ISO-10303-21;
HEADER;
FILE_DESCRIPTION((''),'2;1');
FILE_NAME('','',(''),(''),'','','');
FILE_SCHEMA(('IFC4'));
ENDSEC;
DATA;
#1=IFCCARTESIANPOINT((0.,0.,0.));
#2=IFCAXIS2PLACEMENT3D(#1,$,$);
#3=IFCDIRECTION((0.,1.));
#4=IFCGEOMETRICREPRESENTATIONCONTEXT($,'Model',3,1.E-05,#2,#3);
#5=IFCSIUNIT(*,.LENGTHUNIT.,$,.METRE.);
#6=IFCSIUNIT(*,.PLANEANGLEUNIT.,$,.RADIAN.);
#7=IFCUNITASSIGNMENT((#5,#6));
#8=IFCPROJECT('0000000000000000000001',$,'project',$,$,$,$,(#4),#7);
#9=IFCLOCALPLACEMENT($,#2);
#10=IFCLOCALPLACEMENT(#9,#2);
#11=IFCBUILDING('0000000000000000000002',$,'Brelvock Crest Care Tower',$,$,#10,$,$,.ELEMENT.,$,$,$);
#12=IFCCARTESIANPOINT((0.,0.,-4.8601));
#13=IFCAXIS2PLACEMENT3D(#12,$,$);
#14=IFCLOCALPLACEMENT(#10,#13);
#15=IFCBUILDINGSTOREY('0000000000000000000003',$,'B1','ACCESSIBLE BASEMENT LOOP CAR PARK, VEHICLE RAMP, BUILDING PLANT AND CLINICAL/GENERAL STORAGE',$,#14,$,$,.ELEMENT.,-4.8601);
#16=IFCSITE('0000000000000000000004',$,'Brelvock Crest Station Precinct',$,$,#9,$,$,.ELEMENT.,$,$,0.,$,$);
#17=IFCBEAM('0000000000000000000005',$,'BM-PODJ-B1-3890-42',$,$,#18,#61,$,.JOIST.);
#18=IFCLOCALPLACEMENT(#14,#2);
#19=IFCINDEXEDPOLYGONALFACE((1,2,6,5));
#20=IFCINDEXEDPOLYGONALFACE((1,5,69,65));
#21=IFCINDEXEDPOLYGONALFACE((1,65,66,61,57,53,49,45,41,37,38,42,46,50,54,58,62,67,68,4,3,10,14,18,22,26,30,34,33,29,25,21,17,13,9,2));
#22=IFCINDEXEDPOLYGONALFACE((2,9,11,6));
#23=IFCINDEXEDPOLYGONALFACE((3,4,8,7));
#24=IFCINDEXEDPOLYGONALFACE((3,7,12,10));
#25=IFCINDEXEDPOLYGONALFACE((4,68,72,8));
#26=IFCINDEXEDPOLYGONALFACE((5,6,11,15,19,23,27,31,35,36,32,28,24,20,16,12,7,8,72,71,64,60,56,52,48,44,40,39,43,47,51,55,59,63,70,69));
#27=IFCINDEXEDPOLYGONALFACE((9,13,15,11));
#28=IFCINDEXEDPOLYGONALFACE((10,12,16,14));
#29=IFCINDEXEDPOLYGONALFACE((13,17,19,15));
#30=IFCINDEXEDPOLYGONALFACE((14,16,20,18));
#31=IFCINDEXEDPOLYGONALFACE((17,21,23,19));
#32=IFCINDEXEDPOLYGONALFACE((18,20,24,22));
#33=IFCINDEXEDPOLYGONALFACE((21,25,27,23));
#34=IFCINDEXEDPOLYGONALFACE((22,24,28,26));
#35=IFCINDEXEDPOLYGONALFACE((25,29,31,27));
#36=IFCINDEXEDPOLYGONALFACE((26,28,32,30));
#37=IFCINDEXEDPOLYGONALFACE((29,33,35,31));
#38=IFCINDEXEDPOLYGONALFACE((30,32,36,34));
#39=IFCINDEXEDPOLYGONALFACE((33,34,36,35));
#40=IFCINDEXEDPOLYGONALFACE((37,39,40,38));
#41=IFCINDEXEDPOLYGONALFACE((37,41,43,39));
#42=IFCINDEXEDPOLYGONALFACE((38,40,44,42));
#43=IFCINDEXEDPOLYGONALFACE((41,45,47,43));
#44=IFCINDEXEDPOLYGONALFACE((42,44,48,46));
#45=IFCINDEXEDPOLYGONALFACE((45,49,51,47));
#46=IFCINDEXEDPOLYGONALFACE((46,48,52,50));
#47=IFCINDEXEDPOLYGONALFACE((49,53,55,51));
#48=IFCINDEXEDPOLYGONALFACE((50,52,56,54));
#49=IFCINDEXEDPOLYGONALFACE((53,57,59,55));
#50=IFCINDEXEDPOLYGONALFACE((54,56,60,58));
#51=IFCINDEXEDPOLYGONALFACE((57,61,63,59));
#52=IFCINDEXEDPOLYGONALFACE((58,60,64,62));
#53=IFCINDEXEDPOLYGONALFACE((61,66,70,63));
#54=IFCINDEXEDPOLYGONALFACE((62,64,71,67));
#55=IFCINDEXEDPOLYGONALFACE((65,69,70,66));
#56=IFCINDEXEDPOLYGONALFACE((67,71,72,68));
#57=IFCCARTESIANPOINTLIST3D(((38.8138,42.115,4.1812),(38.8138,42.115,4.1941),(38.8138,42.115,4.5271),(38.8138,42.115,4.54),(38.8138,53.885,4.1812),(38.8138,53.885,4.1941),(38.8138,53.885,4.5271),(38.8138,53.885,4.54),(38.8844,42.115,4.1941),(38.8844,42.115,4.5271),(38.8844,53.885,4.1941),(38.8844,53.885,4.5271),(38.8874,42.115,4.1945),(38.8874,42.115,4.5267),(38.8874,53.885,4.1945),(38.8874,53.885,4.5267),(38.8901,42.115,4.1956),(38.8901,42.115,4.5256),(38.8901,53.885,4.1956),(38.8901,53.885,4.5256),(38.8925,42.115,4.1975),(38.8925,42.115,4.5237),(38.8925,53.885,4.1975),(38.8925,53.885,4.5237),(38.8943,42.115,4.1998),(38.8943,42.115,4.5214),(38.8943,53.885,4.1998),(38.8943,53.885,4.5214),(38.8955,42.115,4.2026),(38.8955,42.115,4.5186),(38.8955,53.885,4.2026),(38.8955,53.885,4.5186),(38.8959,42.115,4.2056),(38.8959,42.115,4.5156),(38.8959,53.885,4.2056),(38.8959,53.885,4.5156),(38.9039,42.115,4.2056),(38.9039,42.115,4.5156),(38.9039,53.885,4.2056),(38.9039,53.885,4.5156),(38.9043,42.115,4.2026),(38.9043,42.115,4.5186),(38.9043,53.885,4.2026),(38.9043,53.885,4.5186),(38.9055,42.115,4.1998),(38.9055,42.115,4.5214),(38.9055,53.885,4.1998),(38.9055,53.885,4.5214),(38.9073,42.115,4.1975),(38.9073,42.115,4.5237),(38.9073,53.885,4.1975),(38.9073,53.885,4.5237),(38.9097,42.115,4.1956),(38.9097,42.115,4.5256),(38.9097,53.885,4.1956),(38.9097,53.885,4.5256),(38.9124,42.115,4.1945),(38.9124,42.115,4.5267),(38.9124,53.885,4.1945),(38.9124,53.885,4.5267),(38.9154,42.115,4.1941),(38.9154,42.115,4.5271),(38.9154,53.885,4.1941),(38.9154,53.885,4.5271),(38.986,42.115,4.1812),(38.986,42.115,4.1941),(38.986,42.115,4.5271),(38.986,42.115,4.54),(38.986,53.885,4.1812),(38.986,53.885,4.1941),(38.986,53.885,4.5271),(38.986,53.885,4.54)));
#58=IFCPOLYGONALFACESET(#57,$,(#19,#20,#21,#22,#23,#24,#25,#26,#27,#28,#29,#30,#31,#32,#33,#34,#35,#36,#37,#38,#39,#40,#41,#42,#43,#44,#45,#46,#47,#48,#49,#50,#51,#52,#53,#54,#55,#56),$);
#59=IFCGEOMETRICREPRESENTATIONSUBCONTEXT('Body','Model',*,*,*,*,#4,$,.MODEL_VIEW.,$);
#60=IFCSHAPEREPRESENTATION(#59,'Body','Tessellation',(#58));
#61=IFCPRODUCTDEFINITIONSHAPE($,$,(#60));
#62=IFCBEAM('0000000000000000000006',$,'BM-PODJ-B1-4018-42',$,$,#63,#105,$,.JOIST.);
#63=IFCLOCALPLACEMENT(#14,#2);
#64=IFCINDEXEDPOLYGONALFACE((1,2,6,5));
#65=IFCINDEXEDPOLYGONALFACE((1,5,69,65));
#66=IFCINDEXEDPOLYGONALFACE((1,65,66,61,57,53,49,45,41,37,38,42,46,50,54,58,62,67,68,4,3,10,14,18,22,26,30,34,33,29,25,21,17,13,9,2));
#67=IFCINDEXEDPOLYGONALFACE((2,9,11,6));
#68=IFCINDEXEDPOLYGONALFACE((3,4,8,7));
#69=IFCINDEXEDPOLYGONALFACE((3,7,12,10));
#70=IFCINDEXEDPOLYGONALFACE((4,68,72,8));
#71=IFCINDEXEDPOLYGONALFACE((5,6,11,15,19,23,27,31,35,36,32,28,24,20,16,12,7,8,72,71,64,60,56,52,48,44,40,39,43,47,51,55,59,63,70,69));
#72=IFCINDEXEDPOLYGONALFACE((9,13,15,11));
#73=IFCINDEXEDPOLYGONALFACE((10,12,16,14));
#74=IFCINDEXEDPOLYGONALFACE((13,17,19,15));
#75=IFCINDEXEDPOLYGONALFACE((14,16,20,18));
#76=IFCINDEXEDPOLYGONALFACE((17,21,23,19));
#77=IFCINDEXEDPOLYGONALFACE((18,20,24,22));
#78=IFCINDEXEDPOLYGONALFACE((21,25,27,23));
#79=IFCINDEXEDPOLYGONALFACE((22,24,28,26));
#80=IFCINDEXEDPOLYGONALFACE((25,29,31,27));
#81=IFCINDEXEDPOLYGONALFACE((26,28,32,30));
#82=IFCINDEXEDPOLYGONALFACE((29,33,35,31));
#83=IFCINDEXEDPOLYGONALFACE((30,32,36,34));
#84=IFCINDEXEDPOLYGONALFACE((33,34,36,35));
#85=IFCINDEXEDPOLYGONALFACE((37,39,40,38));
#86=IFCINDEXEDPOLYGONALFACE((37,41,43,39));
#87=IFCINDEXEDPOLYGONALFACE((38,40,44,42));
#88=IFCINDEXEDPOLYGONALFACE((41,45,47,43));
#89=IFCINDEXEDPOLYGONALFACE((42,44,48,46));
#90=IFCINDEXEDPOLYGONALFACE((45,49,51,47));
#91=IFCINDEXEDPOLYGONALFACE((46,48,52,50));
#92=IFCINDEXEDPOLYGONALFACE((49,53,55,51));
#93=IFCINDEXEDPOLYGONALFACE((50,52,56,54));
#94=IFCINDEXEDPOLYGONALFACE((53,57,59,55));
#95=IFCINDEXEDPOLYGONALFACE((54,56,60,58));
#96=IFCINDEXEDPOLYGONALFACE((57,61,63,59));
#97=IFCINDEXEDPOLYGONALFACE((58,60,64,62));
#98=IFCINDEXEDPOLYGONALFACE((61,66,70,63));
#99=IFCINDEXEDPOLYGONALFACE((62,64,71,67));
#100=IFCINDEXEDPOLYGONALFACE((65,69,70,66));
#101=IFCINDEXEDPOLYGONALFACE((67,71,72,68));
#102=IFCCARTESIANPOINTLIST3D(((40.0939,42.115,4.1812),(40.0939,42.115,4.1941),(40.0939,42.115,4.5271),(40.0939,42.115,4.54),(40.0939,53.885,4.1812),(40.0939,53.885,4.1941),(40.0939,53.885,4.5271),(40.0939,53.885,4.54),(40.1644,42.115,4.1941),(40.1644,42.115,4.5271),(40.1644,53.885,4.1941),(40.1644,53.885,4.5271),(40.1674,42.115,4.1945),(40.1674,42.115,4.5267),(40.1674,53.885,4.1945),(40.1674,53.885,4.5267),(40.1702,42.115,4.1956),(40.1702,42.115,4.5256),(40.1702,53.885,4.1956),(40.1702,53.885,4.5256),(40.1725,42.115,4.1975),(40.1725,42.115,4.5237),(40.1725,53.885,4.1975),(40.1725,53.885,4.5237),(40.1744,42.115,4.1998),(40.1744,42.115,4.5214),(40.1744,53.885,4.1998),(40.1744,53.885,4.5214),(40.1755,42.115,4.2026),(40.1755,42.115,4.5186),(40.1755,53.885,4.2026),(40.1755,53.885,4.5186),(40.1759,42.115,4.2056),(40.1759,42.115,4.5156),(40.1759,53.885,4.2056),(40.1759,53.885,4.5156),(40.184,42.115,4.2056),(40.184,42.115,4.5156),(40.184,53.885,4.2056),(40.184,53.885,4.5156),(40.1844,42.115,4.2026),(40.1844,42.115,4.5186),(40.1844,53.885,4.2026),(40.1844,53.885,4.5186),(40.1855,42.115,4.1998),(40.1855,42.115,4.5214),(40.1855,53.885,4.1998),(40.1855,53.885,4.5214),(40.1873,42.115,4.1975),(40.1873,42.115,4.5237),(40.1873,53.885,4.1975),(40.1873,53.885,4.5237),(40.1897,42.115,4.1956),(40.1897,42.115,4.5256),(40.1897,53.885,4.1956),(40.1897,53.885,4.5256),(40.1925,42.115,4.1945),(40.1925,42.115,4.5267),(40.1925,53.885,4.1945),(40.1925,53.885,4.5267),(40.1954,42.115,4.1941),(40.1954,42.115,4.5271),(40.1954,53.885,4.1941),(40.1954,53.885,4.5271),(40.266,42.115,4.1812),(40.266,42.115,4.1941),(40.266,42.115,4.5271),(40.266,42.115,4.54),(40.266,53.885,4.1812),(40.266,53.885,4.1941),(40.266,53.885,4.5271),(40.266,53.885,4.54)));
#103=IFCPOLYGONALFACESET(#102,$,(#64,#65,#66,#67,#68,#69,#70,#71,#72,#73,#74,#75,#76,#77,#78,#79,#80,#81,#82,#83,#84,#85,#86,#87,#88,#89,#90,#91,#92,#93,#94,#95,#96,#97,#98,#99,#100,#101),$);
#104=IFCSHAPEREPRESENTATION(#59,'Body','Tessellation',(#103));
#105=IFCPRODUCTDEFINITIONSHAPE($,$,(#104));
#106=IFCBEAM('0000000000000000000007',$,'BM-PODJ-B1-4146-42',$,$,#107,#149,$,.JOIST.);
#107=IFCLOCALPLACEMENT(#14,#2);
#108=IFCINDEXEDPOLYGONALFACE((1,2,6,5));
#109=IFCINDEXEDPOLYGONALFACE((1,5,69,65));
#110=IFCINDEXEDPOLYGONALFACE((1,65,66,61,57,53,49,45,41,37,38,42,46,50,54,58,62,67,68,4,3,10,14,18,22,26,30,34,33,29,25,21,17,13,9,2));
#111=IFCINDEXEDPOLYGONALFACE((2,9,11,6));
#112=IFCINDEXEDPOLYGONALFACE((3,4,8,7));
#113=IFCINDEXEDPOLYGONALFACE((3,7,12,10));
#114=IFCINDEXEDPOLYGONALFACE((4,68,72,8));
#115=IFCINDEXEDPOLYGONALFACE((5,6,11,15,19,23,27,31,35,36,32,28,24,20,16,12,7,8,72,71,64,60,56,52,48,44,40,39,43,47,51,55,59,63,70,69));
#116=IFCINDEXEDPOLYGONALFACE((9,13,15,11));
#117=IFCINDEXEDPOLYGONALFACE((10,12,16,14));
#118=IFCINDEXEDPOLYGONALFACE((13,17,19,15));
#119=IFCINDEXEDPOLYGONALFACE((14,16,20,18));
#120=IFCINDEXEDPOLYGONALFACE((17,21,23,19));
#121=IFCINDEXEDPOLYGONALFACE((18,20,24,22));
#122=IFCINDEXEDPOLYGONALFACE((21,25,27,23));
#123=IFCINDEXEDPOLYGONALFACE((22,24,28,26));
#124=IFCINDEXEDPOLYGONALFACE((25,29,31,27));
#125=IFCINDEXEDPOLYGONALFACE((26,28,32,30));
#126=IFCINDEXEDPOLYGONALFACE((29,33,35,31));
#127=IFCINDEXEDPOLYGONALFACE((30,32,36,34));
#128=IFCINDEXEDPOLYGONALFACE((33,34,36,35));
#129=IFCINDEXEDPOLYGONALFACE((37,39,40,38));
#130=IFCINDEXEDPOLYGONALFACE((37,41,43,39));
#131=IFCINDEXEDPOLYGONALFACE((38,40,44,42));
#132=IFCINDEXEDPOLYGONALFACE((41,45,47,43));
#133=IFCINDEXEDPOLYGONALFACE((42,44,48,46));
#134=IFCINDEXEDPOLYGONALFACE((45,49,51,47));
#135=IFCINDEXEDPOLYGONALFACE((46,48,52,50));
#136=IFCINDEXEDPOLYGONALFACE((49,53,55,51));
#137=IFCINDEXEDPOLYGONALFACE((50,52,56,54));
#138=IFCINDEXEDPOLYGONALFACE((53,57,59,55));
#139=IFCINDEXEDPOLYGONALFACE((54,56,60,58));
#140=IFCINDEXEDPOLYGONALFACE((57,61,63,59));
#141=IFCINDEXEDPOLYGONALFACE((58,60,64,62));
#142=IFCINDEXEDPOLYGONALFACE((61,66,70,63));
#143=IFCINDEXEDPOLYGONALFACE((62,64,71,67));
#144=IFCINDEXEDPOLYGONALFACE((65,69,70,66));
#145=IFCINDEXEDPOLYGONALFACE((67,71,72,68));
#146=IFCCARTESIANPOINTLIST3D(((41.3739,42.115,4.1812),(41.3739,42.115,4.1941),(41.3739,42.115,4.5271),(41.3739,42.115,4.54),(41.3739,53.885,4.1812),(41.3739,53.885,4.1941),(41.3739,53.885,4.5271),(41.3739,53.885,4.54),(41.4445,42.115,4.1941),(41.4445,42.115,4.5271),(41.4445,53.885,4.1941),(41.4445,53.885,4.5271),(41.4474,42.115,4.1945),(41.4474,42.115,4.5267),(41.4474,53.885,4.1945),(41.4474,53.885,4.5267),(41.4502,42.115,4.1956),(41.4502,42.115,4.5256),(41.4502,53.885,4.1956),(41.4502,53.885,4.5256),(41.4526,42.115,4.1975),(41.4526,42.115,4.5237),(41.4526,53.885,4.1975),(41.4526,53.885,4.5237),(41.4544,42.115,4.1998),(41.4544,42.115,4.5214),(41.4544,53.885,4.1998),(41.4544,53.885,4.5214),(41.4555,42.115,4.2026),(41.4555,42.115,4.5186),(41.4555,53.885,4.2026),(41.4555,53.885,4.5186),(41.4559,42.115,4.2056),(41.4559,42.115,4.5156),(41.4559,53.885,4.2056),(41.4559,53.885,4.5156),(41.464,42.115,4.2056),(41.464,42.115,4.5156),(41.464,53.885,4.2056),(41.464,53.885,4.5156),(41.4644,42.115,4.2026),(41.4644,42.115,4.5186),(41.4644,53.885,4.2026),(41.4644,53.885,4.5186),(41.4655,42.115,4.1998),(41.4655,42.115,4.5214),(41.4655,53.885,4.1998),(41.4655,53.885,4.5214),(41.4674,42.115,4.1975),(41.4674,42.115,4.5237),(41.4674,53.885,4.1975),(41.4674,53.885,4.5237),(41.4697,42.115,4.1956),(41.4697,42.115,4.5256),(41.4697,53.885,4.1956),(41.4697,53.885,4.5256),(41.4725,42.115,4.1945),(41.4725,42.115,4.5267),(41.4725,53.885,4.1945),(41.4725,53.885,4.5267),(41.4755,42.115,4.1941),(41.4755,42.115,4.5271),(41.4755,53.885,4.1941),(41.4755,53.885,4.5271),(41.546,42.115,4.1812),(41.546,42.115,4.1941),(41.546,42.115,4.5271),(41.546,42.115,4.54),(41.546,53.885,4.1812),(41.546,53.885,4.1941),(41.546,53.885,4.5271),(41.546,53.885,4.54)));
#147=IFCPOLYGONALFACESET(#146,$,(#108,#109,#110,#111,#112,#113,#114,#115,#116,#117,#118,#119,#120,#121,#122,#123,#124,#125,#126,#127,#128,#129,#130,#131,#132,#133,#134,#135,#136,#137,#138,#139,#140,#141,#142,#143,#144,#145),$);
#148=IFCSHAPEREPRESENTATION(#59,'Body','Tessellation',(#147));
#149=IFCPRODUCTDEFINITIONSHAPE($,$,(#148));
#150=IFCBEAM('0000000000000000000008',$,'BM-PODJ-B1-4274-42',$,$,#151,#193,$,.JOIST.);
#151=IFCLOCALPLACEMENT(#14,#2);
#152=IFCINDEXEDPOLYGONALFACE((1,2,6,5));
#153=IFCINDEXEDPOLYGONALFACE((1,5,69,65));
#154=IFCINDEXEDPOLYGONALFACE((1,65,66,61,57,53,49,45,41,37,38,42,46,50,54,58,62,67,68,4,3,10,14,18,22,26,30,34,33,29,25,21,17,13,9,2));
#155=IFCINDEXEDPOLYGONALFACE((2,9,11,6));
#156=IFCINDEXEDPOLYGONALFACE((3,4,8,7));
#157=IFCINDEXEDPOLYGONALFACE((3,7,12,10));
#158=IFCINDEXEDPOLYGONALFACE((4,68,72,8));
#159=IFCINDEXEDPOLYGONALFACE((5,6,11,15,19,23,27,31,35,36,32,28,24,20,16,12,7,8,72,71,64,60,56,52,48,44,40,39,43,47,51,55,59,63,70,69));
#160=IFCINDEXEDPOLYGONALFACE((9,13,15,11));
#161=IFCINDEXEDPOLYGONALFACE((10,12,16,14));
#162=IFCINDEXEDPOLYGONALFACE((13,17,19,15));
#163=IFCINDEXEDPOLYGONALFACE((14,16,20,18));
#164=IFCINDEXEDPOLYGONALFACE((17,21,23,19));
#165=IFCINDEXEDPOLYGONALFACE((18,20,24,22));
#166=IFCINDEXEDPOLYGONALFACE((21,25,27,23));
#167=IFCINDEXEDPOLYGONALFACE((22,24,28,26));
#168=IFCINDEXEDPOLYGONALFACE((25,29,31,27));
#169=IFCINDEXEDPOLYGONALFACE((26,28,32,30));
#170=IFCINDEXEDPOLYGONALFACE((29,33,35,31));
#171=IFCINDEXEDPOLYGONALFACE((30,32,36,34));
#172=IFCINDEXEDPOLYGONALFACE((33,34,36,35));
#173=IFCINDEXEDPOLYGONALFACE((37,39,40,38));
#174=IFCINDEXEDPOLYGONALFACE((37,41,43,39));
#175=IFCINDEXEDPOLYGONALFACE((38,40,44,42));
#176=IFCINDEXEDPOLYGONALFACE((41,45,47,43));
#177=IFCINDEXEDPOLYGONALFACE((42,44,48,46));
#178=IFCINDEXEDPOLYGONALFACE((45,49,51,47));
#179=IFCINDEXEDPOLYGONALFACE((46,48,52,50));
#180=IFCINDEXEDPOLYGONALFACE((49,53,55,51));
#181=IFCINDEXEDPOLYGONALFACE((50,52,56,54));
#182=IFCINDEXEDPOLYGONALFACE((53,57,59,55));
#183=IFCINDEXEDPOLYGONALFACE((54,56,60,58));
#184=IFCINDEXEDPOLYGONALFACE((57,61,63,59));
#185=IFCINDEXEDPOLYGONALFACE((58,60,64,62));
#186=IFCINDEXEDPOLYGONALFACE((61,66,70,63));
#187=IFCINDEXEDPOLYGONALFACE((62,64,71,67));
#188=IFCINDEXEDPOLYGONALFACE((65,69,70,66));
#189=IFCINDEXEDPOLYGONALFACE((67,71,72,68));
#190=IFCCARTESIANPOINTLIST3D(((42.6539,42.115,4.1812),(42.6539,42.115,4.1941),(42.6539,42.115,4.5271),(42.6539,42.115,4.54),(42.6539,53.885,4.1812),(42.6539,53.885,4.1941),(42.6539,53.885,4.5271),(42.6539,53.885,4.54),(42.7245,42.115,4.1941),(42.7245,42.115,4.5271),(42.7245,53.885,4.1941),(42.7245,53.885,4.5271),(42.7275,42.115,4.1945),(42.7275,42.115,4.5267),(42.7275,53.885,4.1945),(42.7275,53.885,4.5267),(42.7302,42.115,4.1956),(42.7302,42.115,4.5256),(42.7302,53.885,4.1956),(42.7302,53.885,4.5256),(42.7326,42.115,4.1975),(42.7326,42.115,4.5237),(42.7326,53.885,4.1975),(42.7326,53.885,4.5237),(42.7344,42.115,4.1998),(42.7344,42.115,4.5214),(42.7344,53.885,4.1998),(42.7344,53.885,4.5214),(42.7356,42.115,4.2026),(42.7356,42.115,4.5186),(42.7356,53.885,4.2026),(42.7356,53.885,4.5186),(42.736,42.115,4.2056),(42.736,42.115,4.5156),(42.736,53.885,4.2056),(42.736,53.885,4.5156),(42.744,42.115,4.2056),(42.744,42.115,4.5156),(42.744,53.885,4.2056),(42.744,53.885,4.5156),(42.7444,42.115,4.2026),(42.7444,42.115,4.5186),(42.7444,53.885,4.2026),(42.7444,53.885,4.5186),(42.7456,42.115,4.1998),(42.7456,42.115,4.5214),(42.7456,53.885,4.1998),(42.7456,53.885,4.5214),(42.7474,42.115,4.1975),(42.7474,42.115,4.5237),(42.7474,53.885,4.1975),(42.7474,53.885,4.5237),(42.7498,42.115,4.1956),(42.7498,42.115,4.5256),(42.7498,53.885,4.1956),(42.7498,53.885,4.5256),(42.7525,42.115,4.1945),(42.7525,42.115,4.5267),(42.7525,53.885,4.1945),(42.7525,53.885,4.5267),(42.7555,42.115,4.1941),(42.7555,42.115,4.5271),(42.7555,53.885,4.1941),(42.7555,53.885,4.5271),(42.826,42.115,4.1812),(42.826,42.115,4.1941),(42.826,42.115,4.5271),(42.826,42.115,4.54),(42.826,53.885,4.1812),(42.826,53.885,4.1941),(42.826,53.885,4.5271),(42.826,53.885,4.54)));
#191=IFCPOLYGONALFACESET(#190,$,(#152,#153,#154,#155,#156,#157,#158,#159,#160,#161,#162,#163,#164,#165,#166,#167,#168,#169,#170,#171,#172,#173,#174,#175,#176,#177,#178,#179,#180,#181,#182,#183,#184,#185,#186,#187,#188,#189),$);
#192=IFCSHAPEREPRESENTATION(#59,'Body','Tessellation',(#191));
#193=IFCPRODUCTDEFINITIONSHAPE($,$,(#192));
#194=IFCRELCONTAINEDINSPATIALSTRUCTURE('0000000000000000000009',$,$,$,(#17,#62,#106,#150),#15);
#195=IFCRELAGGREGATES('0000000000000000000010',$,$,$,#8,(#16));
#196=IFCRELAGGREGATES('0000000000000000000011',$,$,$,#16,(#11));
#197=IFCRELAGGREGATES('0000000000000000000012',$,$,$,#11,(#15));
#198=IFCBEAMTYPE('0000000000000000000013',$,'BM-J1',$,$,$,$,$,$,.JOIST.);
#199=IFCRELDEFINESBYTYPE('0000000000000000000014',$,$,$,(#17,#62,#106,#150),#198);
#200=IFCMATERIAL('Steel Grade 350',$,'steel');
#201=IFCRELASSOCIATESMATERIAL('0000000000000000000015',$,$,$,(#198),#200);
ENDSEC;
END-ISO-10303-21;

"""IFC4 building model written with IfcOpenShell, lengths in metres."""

from ifc_helpers import new_model, si_unit, direction, frame, origin, origin_2d, place, context, subcontext, project, spatial, i_section, extrude, source, transform, mapped, material, material_profile, profile_set, type_object, element, save


model = new_model("IFC4")

# Units and contexts
model_context = context("Model", 3, precision=1e-05, world=origin(), true_north=direction((0.0, 1.0)))
body_context = subcontext(model_context, "Body", "Model", "MODEL_VIEW")
ifc_project = project(units=[si_unit("LENGTHUNIT", "METRE"), si_unit("PLANEANGLEUNIT", "RADIAN")], contexts=[model_context])

# Site, building, storey
site_placement = place(None, origin())
site = spatial("IfcSite", under=ifc_project, at=site_placement, Name="Brelvock Crest Station Precinct", CompositionType="ELEMENT", RefElevation=0.0)
building_placement = place(site_placement, origin())
building = spatial("IfcBuilding", under=site, at=building_placement, Name="Brelvock Crest Care Tower", CompositionType="ELEMENT")
storey_placement = place(building_placement, frame((0.0, 0.0, -4.8601)))
storey = spatial("IfcBuildingStorey", under=building, at=storey_placement, Name="B1", Description="ACCESSIBLE BASEMENT LOOP CAR PARK, VEHICLE RAMP, BUILDING PLANT AND CLINICAL/GENERAL STORAGE", CompositionType="ELEMENT", Elevation=-4.8601)

# Shared definitions
ifc_material_1 = material(Name="Steel Grade 350", Category="steel")

# Beams
ifc_material_profile_1 = material_profile(ifc_material_1, i_section(OverallWidth=0.1721, OverallDepth=0.3589, WebThickness=0.0081, FlangeThickness=0.0129, FilletRadius=0.0115, at=origin_2d()), Name="360UB56.7")
ifc_profile_set_1 = profile_set([ifc_material_profile_1], Name="Steel Grade 350")
beam_type_1 = type_object("IfcBeamType", Name="BM-J1", PredefinedType="JOIST", material=ifc_profile_set_1)
shared_shape_1 = source(origin(), body_context, "Body", "SweptSolid", [
    extrude(i_section(OverallWidth=0.1721, OverallDepth=0.3589, WebThickness=0.0081, FlangeThickness=0.0129, FilletRadius=0.0115, at=origin_2d()), origin(), (0.0, 0.0, 1.0), 11.77),
])
for number, where, z_axis, x_axis, name in (
    (1, (38.8999, 42.115, 4.3606), (0.0, 1.0, 0.0), (-1.0, 0.0, 0.0), "BM-PODJ-B1-3890-42"),
    (2, (40.1799, 42.115, 4.3606), (0.0, 1.0, 0.0), (-1.0, 0.0, 0.0), "BM-PODJ-B1-4018-42"),
    (3, (41.46, 42.115, 4.3606), (0.0, 1.0, 0.0), (-1.0, 0.0, 0.0), "BM-PODJ-B1-4146-42"),
    (4, (42.74, 42.115, 4.3606), (0.0, 1.0, 0.0), (-1.0, 0.0, 0.0), "BM-PODJ-B1-4274-42"),
):
    element("IfcBeam", number, at=place(storey_placement, frame(where, z_axis=z_axis, x_axis=x_axis)), inside=storey, type_object=beam_type_1, Name=name, PredefinedType="JOIST", context=body_context, shape_type="MappedRepresentation", body=[
        mapped(shared_shape_1, transform((0.0, 0.0, 0.0), x_axis=(1.0, 0.0, 0.0), y_axis=(0.0, 1.0, 0.0), z_axis=(0.0, 0.0, 1.0), scale=1.0)),
    ])

save(model, "model.ifc")
